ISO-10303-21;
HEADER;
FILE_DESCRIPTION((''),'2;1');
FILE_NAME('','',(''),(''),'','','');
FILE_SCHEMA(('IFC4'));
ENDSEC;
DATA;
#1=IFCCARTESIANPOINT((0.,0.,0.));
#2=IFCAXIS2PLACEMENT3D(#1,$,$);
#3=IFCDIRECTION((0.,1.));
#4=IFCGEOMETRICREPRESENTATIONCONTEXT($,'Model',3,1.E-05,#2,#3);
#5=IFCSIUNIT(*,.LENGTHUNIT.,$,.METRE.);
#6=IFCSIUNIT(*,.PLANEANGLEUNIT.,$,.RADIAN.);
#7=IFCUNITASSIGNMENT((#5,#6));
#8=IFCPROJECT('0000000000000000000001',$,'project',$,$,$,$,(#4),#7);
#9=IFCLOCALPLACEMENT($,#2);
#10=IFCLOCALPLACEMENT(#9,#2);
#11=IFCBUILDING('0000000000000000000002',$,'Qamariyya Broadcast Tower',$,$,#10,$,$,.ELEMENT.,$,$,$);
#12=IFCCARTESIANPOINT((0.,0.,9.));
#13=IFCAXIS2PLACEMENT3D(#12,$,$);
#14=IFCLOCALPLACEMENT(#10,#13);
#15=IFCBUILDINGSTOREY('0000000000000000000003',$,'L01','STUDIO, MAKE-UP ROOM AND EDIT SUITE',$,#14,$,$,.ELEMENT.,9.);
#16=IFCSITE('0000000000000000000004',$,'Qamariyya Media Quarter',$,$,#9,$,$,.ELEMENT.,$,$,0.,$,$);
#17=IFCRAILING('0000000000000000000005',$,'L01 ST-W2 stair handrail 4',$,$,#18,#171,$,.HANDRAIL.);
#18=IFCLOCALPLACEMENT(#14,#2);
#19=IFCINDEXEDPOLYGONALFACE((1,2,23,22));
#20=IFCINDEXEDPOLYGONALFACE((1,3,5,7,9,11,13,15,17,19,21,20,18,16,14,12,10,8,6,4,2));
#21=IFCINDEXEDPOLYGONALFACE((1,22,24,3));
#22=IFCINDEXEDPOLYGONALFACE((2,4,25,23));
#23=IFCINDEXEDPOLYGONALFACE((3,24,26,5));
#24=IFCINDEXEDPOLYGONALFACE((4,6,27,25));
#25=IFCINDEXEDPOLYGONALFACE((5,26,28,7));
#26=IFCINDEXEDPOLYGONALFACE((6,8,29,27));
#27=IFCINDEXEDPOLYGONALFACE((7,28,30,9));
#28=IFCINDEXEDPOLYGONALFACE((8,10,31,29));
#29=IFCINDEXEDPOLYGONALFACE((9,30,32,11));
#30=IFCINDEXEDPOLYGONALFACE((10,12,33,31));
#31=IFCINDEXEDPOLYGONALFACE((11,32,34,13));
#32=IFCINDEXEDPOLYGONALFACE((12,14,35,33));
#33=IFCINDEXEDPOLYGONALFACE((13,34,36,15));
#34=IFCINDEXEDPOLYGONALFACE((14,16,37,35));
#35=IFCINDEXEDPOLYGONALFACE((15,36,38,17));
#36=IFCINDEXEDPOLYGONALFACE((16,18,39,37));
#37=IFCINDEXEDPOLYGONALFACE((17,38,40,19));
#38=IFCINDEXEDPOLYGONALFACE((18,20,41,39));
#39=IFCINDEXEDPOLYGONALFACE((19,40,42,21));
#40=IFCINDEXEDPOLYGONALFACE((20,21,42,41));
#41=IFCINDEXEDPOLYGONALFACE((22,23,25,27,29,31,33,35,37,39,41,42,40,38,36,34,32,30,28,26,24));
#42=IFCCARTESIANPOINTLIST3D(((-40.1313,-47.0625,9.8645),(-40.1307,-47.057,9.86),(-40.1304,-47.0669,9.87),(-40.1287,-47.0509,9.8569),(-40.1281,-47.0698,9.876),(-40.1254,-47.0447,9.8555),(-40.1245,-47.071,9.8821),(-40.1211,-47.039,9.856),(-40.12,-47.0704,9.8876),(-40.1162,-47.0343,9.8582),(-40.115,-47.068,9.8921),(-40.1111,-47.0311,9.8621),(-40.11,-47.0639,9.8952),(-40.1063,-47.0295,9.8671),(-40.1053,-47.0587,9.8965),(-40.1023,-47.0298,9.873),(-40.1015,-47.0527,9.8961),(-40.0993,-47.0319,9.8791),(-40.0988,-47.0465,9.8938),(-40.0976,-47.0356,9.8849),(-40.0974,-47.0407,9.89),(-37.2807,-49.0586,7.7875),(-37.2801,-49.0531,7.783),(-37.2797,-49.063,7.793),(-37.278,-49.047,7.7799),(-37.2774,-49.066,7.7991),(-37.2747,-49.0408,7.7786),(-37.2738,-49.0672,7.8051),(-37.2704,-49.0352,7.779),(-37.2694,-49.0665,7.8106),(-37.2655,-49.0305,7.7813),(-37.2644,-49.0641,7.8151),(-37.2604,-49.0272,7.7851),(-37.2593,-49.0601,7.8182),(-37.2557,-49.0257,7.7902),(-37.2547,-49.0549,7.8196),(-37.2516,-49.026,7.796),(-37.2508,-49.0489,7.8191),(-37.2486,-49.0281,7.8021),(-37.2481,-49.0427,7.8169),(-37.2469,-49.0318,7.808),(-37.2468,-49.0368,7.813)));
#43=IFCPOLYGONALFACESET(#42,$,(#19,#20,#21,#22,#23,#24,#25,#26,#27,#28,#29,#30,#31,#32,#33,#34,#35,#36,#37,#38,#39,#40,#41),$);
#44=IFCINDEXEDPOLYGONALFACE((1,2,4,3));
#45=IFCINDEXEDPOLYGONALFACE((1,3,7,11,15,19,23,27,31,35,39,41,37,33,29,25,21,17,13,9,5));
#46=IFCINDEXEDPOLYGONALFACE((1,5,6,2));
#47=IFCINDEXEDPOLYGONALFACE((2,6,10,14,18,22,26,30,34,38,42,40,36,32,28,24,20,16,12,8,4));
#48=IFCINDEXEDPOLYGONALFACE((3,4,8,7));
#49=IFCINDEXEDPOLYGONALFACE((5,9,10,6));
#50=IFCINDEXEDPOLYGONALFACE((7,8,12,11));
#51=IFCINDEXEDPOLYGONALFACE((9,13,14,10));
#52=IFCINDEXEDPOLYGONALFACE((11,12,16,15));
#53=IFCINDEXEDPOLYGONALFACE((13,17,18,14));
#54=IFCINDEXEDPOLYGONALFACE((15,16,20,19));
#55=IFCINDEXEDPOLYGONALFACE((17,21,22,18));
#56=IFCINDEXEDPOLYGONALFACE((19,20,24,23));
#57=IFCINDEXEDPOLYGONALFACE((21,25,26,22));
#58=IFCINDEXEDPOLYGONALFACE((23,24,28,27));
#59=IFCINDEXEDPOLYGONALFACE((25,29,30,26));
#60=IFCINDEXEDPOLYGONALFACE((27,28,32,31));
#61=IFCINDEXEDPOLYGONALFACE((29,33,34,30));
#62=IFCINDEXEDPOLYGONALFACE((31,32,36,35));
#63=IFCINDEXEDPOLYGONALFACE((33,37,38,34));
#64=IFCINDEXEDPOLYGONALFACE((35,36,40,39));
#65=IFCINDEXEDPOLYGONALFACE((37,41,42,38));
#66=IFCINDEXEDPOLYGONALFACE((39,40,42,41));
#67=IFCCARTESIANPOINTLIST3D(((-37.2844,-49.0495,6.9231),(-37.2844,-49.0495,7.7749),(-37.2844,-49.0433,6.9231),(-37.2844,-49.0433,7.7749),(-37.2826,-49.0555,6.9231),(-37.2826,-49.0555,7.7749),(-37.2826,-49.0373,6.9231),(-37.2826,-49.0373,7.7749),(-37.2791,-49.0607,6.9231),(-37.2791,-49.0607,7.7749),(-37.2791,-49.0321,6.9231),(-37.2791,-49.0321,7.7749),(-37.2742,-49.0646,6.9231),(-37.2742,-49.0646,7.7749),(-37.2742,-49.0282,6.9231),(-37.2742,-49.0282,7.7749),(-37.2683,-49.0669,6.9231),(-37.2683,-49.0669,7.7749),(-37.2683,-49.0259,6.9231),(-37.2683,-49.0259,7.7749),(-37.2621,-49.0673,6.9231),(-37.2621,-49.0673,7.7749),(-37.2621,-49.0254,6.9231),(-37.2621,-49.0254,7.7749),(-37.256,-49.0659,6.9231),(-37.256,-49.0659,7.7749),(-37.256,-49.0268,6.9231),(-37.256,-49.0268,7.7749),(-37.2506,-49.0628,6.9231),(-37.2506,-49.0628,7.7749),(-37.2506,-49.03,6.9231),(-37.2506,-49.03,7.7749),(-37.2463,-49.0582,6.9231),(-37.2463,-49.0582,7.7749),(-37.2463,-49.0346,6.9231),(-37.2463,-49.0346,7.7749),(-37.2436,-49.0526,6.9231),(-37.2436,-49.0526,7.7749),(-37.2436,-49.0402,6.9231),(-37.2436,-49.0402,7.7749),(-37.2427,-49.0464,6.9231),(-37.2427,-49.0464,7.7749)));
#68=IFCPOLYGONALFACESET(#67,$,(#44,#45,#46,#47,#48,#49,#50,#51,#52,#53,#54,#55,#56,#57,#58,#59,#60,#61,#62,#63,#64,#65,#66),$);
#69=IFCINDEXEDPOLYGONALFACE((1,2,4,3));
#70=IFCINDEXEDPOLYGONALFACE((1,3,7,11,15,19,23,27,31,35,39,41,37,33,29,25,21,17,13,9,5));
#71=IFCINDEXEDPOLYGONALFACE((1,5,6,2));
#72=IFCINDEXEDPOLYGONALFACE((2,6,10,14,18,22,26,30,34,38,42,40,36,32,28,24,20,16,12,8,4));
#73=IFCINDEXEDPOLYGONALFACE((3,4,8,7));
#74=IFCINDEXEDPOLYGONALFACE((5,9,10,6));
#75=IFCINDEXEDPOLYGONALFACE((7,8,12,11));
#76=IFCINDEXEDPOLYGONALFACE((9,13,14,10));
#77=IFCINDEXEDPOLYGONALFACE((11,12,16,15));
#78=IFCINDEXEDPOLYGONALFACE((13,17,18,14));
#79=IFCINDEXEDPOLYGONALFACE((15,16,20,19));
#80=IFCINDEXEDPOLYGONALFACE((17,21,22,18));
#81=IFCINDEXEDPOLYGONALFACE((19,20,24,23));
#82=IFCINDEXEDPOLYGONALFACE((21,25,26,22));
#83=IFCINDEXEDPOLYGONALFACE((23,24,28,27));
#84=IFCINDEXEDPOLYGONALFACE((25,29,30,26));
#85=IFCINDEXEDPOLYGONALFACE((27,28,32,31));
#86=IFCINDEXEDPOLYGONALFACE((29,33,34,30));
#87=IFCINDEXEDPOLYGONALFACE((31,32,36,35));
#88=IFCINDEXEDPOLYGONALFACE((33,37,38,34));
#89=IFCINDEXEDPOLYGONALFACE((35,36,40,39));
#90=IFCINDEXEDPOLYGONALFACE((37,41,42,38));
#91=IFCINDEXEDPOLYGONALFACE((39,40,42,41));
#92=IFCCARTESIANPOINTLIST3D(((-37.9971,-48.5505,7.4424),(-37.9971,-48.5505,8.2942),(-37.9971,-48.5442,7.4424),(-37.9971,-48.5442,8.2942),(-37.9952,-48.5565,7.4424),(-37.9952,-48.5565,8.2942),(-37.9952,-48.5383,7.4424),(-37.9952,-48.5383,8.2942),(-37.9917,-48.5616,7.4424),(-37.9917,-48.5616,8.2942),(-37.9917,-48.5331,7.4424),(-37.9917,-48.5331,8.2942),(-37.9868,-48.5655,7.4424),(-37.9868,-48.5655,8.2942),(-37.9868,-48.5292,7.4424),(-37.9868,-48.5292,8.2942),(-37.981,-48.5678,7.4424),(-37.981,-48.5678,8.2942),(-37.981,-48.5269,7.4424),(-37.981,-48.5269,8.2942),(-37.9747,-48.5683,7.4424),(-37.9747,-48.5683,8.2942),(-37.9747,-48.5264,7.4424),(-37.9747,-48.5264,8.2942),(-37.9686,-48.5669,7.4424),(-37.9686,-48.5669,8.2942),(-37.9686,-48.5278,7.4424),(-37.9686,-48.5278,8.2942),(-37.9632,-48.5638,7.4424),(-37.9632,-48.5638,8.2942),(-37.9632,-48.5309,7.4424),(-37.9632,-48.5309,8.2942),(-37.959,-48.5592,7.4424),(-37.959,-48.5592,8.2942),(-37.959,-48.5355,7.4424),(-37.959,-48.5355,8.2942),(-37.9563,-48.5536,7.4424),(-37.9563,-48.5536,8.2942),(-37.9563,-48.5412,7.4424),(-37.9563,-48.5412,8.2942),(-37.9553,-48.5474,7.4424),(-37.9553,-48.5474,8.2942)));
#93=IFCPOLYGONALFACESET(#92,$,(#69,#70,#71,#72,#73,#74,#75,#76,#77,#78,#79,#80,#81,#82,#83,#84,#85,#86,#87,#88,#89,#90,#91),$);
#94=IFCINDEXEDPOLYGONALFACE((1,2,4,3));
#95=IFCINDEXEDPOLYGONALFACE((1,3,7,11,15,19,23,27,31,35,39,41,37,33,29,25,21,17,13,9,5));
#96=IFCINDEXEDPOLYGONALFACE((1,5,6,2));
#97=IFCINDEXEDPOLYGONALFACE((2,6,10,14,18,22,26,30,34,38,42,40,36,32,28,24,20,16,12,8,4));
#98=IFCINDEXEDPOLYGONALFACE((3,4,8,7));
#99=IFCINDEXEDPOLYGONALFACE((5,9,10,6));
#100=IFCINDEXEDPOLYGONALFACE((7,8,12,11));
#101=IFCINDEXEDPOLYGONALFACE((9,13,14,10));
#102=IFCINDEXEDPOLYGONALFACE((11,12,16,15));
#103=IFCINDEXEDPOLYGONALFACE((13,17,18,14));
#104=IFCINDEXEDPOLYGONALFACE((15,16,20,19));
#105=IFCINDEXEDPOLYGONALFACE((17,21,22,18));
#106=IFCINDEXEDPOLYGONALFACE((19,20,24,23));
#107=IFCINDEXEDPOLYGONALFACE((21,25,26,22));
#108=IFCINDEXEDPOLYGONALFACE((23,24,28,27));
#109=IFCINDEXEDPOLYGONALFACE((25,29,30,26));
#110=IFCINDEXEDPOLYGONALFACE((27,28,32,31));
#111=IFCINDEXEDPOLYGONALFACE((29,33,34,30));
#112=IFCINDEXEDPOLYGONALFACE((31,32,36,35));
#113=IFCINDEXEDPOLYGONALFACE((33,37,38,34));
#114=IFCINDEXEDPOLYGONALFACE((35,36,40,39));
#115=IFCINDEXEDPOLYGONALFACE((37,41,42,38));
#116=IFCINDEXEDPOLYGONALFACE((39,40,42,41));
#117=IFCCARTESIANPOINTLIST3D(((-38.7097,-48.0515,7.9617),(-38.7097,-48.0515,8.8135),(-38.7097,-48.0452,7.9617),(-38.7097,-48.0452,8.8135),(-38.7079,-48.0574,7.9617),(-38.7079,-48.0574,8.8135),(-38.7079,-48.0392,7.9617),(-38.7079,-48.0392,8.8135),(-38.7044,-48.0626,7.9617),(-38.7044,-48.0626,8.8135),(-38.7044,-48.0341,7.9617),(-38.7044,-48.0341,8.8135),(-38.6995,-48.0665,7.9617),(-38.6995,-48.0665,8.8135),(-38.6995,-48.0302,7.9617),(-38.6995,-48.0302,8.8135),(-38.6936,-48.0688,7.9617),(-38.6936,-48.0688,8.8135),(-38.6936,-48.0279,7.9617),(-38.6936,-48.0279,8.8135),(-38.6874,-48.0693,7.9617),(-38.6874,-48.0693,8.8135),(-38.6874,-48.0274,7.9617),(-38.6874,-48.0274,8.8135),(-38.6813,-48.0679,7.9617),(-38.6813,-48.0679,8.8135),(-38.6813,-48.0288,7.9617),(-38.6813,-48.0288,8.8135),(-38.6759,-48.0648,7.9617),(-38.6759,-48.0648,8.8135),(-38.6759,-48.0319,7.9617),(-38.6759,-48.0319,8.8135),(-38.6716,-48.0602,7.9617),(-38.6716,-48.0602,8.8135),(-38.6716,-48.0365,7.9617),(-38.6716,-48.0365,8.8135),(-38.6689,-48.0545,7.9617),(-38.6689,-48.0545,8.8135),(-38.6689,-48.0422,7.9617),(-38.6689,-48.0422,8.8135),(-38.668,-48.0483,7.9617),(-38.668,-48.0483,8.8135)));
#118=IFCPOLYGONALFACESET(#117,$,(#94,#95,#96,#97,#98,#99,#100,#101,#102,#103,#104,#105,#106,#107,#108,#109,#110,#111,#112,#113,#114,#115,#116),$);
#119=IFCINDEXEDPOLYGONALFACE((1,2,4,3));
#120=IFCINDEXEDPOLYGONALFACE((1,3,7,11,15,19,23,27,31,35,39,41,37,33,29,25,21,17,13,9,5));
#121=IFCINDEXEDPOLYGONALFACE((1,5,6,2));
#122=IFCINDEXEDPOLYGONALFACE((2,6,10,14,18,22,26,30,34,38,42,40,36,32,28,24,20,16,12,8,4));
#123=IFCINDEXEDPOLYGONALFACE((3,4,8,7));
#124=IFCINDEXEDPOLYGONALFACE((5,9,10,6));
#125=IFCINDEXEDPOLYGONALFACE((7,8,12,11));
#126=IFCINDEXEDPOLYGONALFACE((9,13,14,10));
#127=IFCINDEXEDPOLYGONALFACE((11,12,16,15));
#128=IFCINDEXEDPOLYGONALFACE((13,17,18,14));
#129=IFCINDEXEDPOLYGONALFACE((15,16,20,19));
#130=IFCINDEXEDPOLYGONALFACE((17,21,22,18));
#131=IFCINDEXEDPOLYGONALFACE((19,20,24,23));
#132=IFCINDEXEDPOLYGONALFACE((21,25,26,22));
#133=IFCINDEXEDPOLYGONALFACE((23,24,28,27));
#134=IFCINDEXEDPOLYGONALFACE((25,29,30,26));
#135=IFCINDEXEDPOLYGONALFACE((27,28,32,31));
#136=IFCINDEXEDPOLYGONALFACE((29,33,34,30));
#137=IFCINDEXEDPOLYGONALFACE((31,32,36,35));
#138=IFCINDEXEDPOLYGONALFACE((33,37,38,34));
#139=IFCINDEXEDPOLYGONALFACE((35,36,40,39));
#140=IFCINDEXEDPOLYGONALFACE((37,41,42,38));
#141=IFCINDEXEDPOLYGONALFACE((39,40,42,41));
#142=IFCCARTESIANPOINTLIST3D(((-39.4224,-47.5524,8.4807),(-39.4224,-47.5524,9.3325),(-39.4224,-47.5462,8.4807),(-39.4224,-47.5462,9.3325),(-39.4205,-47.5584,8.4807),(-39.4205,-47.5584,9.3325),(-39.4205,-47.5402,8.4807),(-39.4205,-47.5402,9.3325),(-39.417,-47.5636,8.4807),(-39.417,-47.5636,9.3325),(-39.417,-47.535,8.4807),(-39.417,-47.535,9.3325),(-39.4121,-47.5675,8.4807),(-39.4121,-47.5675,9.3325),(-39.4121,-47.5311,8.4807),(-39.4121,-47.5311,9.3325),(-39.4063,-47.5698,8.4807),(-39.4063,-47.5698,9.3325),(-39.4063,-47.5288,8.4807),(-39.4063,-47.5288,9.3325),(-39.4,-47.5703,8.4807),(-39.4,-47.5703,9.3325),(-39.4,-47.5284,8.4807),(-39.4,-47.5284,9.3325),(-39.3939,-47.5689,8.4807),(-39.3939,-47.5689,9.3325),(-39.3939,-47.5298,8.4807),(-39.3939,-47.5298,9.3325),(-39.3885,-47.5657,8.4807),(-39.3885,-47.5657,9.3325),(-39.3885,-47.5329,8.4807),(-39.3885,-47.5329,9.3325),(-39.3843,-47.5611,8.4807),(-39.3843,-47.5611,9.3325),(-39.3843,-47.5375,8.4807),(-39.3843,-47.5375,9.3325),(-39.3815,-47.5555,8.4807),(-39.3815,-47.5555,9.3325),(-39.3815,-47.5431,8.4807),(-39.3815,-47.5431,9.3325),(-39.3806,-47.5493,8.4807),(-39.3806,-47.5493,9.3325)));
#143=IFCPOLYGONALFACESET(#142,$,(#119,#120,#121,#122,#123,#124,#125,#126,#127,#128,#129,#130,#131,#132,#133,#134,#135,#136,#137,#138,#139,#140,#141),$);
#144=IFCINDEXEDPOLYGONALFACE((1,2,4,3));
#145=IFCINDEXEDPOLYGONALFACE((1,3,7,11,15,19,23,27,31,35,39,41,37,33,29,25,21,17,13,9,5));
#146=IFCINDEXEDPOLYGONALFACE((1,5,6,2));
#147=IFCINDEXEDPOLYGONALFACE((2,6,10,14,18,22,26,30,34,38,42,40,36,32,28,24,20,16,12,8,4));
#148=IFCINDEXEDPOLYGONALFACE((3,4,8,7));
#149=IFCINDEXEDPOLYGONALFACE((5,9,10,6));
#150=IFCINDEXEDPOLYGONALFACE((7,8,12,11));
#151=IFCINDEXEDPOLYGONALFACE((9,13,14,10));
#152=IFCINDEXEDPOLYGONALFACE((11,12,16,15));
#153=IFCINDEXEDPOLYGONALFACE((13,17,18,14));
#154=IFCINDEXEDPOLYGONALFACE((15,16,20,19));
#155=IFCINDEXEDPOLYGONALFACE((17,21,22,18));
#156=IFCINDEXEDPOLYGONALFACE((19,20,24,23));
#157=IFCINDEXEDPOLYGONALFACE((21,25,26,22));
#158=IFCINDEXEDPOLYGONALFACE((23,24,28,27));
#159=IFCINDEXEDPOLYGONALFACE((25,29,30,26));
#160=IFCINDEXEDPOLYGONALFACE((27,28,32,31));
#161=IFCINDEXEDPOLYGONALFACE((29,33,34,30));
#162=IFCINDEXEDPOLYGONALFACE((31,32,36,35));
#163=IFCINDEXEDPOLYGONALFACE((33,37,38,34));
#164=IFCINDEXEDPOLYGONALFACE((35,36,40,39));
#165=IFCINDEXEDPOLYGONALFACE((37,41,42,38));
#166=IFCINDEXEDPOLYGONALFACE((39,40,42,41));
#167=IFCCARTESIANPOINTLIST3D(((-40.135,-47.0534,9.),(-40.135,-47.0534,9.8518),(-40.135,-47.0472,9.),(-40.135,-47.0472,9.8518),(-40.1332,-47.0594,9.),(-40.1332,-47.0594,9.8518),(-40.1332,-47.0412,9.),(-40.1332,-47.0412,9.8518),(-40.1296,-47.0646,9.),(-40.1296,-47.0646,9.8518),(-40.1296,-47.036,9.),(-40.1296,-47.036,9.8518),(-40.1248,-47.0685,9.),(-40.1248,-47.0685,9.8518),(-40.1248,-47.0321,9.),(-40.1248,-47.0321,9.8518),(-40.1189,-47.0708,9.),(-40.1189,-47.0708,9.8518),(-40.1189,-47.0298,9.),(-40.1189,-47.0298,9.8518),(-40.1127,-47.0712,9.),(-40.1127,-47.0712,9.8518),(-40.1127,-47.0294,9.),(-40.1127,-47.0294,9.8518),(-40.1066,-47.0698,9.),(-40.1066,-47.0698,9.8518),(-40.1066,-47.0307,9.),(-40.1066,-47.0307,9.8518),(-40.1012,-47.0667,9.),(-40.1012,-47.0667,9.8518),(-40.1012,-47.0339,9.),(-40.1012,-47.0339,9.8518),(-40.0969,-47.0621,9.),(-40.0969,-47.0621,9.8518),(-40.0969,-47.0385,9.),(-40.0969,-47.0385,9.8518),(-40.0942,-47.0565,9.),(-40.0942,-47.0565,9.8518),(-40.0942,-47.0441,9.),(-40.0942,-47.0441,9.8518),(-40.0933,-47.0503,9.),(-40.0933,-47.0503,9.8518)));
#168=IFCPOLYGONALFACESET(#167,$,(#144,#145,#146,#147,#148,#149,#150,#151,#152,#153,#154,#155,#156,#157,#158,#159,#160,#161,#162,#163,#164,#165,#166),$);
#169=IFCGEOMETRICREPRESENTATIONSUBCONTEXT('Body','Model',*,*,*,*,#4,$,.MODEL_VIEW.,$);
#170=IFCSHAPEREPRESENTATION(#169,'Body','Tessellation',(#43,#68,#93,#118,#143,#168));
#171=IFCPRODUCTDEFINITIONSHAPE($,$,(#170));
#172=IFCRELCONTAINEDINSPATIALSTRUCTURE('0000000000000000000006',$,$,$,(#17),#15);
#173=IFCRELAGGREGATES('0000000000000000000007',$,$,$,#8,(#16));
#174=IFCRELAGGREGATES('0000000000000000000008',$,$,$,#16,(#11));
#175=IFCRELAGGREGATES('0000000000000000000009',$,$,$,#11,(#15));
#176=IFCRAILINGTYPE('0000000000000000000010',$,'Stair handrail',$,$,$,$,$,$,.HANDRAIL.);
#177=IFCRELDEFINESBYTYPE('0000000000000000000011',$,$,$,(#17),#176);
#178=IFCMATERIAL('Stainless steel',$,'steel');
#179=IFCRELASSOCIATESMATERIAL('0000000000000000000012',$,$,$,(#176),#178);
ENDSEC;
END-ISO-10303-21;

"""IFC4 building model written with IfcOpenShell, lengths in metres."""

from ifc_helpers import new_model, si_unit, direction, frame, origin, origin_2d, place, context, subcontext, project, spatial, circle, extrude, material, type_object, element, save


model = new_model("IFC4")

# Units and contexts
model_context = context("Model", 3, precision=1e-05, world=origin(), true_north=direction((0.0, 1.0)))
body_context = subcontext(model_context, "Body", "Model", "MODEL_VIEW")
ifc_project = project(units=[si_unit("LENGTHUNIT", "METRE"), si_unit("PLANEANGLEUNIT", "RADIAN")], contexts=[model_context])

# Site, building, storey
site_placement = place(None, origin())
site = spatial("IfcSite", under=ifc_project, at=site_placement, Name="Qamariyya Media Quarter", CompositionType="ELEMENT", RefElevation=0.0)
building_placement = place(site_placement, origin())
building = spatial("IfcBuilding", under=site, at=building_placement, Name="Qamariyya Broadcast Tower", CompositionType="ELEMENT")
storey_placement = place(building_placement, frame((0.0, 0.0, 9.0)))
storey = spatial("IfcBuildingStorey", under=building, at=storey_placement, Name="L01", Description="STUDIO, MAKE-UP ROOM AND EDIT SUITE", CompositionType="ELEMENT", Elevation=9.0)

# Railing
ifc_material_1 = material(Name="Stainless steel", Category="steel")
railing_type_1 = type_object("IfcRailingType", Name="Stair handrail", PredefinedType="HANDRAIL", material=ifc_material_1)
for number, where, name in (
    (1, (-37.2637, -49.0464, 6.9231), "L01 ST-W2 stair handrail 4"),
):
    element("IfcRailing", number, at=place(storey_placement, frame(where)), inside=storey, type_object=railing_type_1, Name=name, PredefinedType="HANDRAIL", context=body_context, shape_type="SweptSolid", body=[
        extrude(circle(Radius=0.0239, at=origin_2d()), frame((0.0, 0.0, 0.876), z_axis=(-0.703393, 0.492544, 0.512484), x_axis=(-0.573594, -0.81914, 0.0)), (0.0, 0.0, 1.0), 4.0527),
        extrude(circle(Radius=0.021, at=origin_2d()), origin(), (0.0, 0.0, 1.0), 0.8518),
        extrude(circle(Radius=0.021, at=origin_2d()), frame((-0.7126, 0.499, 0.5193)), (0.0, 0.0, 1.0), 0.8518),
        extrude(circle(Radius=0.021, at=origin_2d()), frame((-1.4253, 0.998, 1.0386)), (0.0, 0.0, 1.0), 0.8518),
        extrude(circle(Radius=0.021, at=origin_2d()), frame((-2.1379, 1.4971, 1.5576)), (0.0, 0.0, 1.0), 0.8518),
        extrude(circle(Radius=0.021, at=origin_2d()), frame((-2.8506, 1.9961, 2.0769)), (0.0, 0.0, 1.0), 0.8518),
    ])

save(model, "model.ifc")
